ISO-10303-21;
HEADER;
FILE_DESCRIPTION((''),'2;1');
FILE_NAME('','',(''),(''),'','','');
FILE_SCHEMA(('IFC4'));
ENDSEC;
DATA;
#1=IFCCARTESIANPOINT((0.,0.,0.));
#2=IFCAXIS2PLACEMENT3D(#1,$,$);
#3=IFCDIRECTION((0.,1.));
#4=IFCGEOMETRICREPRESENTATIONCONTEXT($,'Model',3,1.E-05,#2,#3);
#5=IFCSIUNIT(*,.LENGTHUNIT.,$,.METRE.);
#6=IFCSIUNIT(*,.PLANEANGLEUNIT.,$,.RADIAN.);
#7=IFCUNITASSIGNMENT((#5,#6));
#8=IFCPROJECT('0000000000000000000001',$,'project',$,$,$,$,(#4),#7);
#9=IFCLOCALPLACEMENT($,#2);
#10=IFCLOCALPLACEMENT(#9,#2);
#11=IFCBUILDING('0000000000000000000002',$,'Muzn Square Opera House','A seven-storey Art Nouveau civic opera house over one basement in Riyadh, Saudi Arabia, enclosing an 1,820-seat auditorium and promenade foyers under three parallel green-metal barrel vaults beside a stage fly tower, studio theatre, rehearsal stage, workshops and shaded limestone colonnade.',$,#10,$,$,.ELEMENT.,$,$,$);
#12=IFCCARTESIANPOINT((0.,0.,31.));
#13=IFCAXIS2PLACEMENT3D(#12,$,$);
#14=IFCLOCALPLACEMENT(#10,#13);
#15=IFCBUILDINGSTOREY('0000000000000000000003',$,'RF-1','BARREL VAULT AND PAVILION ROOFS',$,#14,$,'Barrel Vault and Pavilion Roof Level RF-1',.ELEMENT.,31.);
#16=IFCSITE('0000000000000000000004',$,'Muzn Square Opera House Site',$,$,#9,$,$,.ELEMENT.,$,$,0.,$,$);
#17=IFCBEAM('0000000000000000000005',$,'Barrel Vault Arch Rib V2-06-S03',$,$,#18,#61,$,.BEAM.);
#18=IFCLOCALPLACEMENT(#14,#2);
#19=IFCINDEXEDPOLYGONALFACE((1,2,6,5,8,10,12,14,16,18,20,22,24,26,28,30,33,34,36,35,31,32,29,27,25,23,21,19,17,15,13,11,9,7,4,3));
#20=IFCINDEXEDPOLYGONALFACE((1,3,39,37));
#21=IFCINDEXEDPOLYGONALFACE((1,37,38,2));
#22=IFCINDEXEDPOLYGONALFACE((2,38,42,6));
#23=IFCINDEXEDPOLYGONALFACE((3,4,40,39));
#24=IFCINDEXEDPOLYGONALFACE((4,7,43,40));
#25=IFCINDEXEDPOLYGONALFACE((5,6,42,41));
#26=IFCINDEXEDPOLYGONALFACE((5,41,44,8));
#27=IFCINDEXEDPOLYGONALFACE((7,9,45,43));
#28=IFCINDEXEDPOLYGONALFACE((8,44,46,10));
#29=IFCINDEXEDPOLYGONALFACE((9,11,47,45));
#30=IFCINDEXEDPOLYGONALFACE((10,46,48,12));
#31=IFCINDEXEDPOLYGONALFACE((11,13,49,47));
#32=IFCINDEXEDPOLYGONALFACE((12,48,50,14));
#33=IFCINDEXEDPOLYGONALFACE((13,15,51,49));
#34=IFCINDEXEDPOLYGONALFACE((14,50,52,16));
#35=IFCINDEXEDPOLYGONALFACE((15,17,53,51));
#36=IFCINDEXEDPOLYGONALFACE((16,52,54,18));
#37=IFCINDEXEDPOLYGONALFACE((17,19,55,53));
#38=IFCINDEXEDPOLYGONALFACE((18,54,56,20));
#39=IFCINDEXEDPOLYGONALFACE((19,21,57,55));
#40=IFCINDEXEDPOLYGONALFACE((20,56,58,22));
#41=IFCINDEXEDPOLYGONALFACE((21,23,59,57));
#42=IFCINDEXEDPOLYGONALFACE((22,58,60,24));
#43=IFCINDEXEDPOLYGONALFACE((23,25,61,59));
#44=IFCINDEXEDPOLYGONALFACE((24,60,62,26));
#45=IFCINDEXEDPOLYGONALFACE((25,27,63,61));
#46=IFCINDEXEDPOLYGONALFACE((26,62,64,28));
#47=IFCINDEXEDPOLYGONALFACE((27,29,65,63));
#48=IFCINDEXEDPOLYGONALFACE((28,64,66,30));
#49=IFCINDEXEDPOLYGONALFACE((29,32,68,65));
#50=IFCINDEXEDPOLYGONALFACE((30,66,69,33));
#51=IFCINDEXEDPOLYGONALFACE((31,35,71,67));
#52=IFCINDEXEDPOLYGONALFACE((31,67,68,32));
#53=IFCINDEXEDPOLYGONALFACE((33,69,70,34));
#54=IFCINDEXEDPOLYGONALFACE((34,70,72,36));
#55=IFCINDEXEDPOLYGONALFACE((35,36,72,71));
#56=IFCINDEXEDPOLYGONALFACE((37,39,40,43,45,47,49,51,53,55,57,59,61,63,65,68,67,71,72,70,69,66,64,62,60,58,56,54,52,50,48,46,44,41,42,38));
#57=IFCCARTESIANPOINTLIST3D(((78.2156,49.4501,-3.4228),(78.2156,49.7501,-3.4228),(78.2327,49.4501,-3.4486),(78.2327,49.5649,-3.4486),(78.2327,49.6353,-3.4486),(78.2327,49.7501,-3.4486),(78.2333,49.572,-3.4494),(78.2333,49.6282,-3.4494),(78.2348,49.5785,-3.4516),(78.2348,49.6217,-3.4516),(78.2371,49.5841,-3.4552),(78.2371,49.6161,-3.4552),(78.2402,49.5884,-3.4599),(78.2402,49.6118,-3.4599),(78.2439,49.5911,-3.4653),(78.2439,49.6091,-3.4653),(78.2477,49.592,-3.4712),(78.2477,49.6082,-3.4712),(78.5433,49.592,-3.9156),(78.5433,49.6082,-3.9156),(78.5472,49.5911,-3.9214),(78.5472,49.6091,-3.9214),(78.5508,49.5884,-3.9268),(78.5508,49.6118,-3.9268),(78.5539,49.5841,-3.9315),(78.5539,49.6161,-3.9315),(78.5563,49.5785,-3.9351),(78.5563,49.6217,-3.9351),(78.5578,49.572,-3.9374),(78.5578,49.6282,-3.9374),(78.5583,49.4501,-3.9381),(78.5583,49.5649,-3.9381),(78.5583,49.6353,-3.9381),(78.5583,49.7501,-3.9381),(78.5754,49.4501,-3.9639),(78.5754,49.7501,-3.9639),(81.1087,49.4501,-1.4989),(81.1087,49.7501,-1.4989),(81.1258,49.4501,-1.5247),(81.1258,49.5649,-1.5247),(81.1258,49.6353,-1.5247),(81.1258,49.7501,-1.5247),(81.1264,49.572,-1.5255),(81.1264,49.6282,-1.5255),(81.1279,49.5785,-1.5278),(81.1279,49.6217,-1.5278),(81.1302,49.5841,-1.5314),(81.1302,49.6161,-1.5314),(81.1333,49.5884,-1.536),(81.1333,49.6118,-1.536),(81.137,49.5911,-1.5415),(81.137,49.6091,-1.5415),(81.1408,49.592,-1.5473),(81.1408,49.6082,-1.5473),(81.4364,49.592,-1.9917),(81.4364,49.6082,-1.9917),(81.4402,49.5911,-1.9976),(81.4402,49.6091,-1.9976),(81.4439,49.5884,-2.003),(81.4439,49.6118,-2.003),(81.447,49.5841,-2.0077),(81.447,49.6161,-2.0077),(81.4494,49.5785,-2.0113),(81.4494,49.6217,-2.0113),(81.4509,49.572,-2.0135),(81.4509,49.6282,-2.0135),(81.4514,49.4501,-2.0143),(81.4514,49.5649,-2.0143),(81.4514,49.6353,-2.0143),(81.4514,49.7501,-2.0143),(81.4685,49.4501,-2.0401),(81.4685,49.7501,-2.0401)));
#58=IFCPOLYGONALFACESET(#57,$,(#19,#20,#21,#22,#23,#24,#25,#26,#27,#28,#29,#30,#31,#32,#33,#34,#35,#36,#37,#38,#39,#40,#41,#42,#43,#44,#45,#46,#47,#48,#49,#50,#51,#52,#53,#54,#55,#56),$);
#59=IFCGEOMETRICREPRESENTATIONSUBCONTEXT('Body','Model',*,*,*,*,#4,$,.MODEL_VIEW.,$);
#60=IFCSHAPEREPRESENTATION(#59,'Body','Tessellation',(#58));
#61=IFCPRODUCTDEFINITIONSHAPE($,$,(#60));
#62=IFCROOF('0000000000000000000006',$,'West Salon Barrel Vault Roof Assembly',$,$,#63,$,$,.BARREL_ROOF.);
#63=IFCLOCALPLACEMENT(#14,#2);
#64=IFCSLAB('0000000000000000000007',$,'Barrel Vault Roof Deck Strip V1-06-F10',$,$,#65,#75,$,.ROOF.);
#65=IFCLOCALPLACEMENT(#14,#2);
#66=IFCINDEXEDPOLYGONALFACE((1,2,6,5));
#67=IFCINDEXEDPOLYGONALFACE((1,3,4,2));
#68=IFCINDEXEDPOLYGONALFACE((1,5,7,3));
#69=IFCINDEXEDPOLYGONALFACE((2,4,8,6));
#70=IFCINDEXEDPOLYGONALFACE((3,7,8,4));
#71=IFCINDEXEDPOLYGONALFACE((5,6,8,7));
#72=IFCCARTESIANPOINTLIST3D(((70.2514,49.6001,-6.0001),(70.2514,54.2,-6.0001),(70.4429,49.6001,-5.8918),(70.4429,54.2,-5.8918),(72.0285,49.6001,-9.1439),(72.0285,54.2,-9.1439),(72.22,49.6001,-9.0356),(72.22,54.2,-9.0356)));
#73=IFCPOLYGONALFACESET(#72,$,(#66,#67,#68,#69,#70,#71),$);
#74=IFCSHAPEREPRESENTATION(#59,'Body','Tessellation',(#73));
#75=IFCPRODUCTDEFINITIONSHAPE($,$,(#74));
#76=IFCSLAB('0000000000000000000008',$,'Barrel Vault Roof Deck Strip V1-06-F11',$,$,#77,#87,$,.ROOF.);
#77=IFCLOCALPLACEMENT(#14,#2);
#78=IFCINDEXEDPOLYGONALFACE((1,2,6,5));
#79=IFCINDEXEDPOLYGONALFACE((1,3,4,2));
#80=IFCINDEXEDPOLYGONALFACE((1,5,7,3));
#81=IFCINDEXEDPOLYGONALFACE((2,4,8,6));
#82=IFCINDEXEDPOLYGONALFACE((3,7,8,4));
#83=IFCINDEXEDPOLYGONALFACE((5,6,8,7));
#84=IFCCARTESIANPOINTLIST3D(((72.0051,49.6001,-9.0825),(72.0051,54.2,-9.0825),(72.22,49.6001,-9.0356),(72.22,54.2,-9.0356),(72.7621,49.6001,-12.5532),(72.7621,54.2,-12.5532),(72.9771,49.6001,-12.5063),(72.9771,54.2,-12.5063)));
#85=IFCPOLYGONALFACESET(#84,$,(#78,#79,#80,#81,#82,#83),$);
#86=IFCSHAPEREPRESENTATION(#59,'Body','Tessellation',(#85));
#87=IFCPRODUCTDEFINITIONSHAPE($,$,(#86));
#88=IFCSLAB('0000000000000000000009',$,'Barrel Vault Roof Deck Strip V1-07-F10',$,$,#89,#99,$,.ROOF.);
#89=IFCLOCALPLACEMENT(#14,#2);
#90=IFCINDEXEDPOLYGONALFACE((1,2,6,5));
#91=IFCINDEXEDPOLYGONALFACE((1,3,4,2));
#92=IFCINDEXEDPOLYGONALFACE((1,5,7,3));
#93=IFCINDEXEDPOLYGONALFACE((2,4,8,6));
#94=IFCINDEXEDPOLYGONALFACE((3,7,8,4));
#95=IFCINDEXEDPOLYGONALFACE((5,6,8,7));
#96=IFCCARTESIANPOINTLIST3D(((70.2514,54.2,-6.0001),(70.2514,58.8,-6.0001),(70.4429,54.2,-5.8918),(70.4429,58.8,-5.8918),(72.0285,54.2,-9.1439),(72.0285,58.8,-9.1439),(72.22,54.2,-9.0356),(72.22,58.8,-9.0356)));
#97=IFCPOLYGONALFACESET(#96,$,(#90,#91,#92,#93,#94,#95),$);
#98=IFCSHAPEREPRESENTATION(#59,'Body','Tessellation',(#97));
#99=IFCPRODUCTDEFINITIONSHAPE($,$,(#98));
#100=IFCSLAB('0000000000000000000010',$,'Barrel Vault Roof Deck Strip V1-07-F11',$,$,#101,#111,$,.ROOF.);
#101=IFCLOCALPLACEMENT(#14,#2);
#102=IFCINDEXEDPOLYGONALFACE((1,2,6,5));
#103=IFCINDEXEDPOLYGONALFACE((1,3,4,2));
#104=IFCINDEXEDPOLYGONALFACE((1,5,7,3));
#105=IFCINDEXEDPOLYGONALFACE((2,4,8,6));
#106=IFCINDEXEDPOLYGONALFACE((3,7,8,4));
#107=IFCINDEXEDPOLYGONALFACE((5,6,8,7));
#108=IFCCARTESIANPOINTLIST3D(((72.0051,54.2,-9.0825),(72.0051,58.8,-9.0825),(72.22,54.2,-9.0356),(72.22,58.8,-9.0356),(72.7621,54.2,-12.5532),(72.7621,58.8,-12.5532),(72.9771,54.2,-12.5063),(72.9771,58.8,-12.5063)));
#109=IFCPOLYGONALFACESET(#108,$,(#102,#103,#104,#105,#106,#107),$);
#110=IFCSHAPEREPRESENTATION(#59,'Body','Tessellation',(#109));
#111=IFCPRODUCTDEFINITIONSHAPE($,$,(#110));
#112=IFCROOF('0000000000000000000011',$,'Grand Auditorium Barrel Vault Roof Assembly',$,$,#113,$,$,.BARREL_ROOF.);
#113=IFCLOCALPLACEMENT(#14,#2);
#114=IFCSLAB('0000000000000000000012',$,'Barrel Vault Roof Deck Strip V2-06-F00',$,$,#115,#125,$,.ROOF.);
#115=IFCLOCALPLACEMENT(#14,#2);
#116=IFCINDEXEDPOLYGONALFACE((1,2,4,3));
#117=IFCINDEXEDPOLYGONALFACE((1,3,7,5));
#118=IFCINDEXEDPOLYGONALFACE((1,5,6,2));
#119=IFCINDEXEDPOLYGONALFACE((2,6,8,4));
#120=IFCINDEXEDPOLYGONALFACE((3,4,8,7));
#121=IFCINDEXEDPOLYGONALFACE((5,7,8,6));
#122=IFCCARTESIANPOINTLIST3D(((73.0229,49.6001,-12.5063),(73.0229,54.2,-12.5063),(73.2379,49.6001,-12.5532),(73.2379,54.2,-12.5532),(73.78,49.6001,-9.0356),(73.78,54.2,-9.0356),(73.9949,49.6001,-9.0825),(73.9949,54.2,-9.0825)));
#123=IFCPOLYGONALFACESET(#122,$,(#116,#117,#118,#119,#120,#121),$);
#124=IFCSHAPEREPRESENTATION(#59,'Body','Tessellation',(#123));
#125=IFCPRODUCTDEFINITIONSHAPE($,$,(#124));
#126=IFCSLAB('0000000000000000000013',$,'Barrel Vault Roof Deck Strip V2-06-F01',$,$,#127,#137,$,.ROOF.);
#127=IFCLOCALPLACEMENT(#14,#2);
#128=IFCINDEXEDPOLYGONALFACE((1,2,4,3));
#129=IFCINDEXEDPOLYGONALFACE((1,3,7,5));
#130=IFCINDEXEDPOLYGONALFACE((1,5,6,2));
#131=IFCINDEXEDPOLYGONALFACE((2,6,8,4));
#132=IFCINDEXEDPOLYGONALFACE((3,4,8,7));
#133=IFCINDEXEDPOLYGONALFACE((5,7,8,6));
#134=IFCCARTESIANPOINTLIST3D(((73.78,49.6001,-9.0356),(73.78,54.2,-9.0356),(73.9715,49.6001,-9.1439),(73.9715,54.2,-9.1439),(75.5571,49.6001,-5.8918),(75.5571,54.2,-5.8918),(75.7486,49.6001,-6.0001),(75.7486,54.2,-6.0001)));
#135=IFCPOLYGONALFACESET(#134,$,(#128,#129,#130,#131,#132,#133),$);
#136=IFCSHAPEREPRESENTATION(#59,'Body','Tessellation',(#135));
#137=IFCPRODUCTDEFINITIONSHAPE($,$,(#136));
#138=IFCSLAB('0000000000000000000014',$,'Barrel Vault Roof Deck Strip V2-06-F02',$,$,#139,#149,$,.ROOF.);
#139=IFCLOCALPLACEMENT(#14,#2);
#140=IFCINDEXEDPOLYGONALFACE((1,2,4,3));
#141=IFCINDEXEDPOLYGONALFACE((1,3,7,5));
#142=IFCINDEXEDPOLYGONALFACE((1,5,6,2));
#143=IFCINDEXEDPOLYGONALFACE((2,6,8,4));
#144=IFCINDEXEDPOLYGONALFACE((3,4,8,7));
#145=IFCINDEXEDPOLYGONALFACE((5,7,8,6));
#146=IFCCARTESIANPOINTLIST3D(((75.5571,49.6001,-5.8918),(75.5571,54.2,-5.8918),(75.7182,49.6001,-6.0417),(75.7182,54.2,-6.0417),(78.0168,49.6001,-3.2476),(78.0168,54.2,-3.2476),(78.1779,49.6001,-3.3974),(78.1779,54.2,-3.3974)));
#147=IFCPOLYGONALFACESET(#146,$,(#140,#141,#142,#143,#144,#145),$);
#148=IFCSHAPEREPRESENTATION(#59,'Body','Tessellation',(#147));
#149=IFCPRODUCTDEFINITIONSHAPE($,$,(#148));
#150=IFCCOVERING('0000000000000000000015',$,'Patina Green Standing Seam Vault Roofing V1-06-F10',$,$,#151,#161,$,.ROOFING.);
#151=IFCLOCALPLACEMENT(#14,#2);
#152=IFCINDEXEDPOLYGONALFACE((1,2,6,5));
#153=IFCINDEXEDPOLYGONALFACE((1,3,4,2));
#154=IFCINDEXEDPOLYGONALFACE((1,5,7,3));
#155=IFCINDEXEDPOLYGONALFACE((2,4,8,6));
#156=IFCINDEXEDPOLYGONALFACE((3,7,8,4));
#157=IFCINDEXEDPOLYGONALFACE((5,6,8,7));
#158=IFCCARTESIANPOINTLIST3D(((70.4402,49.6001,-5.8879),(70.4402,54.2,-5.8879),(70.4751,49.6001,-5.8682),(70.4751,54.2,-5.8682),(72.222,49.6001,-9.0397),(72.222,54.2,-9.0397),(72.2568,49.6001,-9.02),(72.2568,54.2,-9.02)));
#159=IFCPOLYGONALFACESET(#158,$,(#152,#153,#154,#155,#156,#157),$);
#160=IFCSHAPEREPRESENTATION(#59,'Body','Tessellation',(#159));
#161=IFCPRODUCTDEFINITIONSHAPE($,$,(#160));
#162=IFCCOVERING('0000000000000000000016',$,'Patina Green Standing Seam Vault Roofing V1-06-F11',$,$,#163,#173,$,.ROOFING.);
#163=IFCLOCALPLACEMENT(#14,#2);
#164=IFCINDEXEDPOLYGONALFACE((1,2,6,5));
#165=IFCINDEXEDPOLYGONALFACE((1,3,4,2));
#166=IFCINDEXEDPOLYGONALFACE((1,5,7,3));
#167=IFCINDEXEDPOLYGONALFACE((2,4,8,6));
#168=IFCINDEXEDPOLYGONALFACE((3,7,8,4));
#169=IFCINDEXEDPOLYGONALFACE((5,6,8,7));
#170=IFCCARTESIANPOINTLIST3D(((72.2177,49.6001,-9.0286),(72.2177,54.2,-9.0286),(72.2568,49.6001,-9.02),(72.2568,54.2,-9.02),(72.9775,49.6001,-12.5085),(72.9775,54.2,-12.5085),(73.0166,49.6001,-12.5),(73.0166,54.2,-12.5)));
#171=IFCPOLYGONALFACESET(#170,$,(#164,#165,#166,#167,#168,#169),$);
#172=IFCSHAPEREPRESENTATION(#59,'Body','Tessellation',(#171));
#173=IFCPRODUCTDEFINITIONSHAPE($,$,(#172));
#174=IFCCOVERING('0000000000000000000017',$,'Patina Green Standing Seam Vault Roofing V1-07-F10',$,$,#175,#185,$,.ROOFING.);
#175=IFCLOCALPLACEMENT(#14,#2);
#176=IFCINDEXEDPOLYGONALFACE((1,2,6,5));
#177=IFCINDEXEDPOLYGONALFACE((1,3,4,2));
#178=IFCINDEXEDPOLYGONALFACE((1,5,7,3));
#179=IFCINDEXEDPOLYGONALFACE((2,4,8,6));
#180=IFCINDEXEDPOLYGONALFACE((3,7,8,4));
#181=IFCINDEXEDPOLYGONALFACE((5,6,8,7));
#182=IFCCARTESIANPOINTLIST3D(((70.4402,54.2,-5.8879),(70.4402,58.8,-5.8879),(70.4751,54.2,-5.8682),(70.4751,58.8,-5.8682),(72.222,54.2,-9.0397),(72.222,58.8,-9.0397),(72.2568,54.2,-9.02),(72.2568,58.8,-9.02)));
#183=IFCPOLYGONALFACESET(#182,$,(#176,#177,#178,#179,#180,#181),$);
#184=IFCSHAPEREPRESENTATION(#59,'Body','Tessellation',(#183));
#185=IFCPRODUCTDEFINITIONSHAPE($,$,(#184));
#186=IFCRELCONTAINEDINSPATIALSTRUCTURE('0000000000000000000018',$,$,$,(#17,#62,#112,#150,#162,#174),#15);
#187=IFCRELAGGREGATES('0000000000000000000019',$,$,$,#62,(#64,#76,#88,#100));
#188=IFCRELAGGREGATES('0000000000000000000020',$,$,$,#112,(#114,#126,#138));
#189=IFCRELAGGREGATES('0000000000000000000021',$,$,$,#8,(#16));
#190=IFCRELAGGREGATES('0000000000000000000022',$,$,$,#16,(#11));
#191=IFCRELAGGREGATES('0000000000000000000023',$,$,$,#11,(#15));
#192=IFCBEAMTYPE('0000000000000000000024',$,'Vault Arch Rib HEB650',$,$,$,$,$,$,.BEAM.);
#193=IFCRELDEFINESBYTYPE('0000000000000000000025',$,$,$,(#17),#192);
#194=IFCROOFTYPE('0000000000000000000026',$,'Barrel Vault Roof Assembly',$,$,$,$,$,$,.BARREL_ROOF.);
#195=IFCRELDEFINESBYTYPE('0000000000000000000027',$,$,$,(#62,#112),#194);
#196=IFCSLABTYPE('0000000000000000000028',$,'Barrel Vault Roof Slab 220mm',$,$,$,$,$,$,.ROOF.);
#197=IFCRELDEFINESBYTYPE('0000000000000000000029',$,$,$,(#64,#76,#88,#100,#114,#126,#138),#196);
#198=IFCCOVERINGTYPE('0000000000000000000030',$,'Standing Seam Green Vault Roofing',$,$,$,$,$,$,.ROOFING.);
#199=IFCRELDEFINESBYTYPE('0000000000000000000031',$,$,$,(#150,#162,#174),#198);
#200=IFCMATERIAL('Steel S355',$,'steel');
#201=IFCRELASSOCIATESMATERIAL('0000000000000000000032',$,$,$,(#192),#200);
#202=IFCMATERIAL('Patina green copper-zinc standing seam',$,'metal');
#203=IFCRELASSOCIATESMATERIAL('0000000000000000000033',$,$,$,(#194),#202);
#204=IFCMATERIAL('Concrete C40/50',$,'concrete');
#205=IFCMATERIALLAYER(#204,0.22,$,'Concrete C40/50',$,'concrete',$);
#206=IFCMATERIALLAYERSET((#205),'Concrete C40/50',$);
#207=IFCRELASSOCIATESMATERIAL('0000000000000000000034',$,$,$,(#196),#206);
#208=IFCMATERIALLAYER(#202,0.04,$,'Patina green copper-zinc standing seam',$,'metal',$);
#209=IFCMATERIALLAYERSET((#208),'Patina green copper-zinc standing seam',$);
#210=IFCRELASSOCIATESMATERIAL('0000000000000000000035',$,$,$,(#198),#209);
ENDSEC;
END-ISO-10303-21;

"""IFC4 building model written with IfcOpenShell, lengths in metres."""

from ifc_helpers import new_model, si_unit, direction, frame, origin, origin_2d, place, context, subcontext, project, spatial, polyline, i_section, outline, extrude, material, layer, layer_set, material_profile, profile_set, type_object, element, aggregate, save


model = new_model("IFC4")

# Units and contexts
model_context = context("Model", 3, precision=1e-05, world=origin(), true_north=direction((0.0, 1.0)))
body_context = subcontext(model_context, "Body", "Model", "MODEL_VIEW")
ifc_project = project(units=[si_unit("LENGTHUNIT", "METRE"), si_unit("PLANEANGLEUNIT", "RADIAN")], contexts=[model_context])

# Site, building, storey
site_placement = place(None, origin())
site = spatial("IfcSite", under=ifc_project, at=site_placement, Name="Muzn Square Opera House Site", CompositionType="ELEMENT", RefElevation=0.0)
building_placement = place(site_placement, origin())
building = spatial("IfcBuilding", under=site, at=building_placement, Name="Muzn Square Opera House", Description="A seven-storey Art Nouveau civic opera house over one basement in Riyadh, Saudi Arabia, enclosing an 1,820-seat auditorium and promenade foyers under three parallel green-metal barrel vaults beside a stage fly tower, studio theatre, rehearsal stage, workshops and shaded limestone colonnade.", CompositionType="ELEMENT")
storey_placement = place(building_placement, frame((0.0, 0.0, 31.0)))
storey = spatial("IfcBuildingStorey", under=building, at=storey_placement, Name="RF-1", Description="BARREL VAULT AND PAVILION ROOFS", LongName="Barrel Vault and Pavilion Roof Level RF-1", CompositionType="ELEMENT", Elevation=31.0)

# Beam
ifc_material_1 = material(Name="Steel S355", Category="steel")
ifc_material_profile_1 = material_profile(ifc_material_1, i_section(OverallWidth=0.3, OverallDepth=0.6499, WebThickness=0.0161, FlangeThickness=0.031, FilletRadius=0.0271, at=origin_2d()), Name="HEB 650", Category="steel")
ifc_profile_set_1 = profile_set([ifc_material_profile_1], Name="Steel S355")
beam_type_1 = type_object("IfcBeamType", Name="Vault Arch Rib HEB650", PredefinedType="BEAM", material=ifc_profile_set_1)
for number, where, z_axis, x_axis, name in (
    (1, (78.3955, 49.6001, -3.6934), (0.832698, 0.0, 0.553727), (0.0, 1.0, 0.0), "Barrel Vault Arch Rib V2-06-S03"),
):
    element("IfcBeam", number, at=place(storey_placement, frame(where, z_axis=z_axis, x_axis=x_axis)), inside=storey, type_object=beam_type_1, Name=name, PredefinedType="BEAM", context=body_context, shape_type="SweptSolid", body=[
        extrude(i_section(OverallWidth=0.3, OverallDepth=0.6499, WebThickness=0.0161, FlangeThickness=0.031, FilletRadius=0.0271, at=origin_2d()), origin(), (0.0, 0.0, 1.0), 3.4744),
    ])

# Roofs, slabs
ifc_material_2 = material(Name="Patina green copper-zinc standing seam", Category="metal")
roof_type = type_object("IfcRoofType", Name="Barrel Vault Roof Assembly", PredefinedType="BARREL_ROOF", material=ifc_material_2)
roof_1_placement = place(storey_placement, origin())
roof_1 = element("IfcRoof", 2, at=roof_1_placement, inside=storey, type_object=roof_type, Name="West Salon Barrel Vault Roof Assembly", PredefinedType="BARREL_ROOF")
ifc_material_3 = material(Name="Concrete C40/50", Category="concrete")
ifc_layer_1 = layer(ifc_material_3, 0.22, Name="Concrete C40/50", Category="concrete")
ifc_layer_set_1 = layer_set([ifc_layer_1], Name="Concrete C40/50")
slab_type = type_object("IfcSlabType", Name="Barrel Vault Roof Slab 220mm", PredefinedType="ROOF", material=ifc_layer_set_1)
slab_1_placement = place(storey_placement, frame((70.4429, 49.6001, -5.8918), z_axis=(0.870543, 0.0, 0.492093), x_axis=(0.492093, 0.0, -0.870543)))
slab_1 = element("IfcSlab", 3, at=slab_1_placement, type_object=slab_type, Name="Barrel Vault Roof Deck Strip V1-06-F10", PredefinedType="ROOF", context=body_context, shape_type="SweptSolid", body=[
    extrude(outline(polyline([(0.0, 0.0), (3.6113, 0.0), (3.6113, 4.5999), (0.0, 4.5999), (0.0, 0.0)])), origin(), (0.0, 0.0, -1.0), 0.22),
])
slab_2_placement = place(storey_placement, frame((72.22, 49.6001, -9.0356), z_axis=(0.977025, 0.0, 0.213123), x_axis=(0.213123, 0.0, -0.977025)))
slab_2 = element("IfcSlab", 4, at=slab_2_placement, type_object=slab_type, Name="Barrel Vault Roof Deck Strip V1-06-F11", PredefinedType="ROOF", context=body_context, shape_type="SweptSolid", body=[
    extrude(outline(polyline([(0.0, 0.0), (3.5523, 0.0), (3.5523, 4.5999), (0.0, 4.5999), (0.0, 0.0)])), origin(), (0.0, 0.0, -1.0), 0.22),
])
slab_3_placement = place(storey_placement, frame((70.4429, 54.2, -5.8918), z_axis=(0.870543, 0.0, 0.492093), x_axis=(0.492093, 0.0, -0.870543)))
slab_3 = element("IfcSlab", 5, at=slab_3_placement, type_object=slab_type, Name="Barrel Vault Roof Deck Strip V1-07-F10", PredefinedType="ROOF", context=body_context, shape_type="SweptSolid", body=[
    extrude(outline(polyline([(0.0, 0.0), (3.6113, 0.0), (3.6113, 4.6001), (0.0, 4.6001), (0.0, 0.0)])), origin(), (0.0, 0.0, -1.0), 0.22),
])
slab_4_placement = place(storey_placement, frame((72.22, 54.2, -9.0356), z_axis=(0.977025, 0.0, 0.213123), x_axis=(0.213123, 0.0, -0.977025)))
slab_4 = element("IfcSlab", 6, at=slab_4_placement, type_object=slab_type, Name="Barrel Vault Roof Deck Strip V1-07-F11", PredefinedType="ROOF", context=body_context, shape_type="SweptSolid", body=[
    extrude(outline(polyline([(0.0, 0.0), (3.5523, 0.0), (3.5523, 4.6001), (0.0, 4.6001), (0.0, 0.0)])), origin(), (0.0, 0.0, -1.0), 0.22),
])
aggregate(roof_1, [slab_1, slab_2, slab_3, slab_4])
roof_2_placement = place(storey_placement, origin())
roof_2 = element("IfcRoof", 7, at=roof_2_placement, inside=storey, type_object=roof_type, Name="Grand Auditorium Barrel Vault Roof Assembly", PredefinedType="BARREL_ROOF")
slab_5_placement = place(storey_placement, frame((73.78, 49.6001, -9.0356), z_axis=(-0.977025, 0.0, 0.213123), x_axis=(0.0, 1.0, 0.0)))
slab_5 = element("IfcSlab", 8, at=slab_5_placement, type_object=slab_type, Name="Barrel Vault Roof Deck Strip V2-06-F00", PredefinedType="ROOF", context=body_context, shape_type="SweptSolid", body=[
    extrude(outline(polyline([(0.0, 3.5523), (0.0, 0.0), (4.5999, 0.0), (4.5999, 3.5523), (0.0, 3.5523)])), origin(), (0.0, 0.0, -1.0), 0.22),
])
slab_6_placement = place(storey_placement, frame((75.5571, 49.6001, -5.8918), z_axis=(-0.870543, 0.0, 0.492093), x_axis=(0.0, 1.0, 0.0)))
slab_6 = element("IfcSlab", 9, at=slab_6_placement, type_object=slab_type, Name="Barrel Vault Roof Deck Strip V2-06-F01", PredefinedType="ROOF", context=body_context, shape_type="SweptSolid", body=[
    extrude(outline(polyline([(0.0, 3.6113), (0.0, 0.0), (4.5999, 0.0), (4.5999, 3.6113), (0.0, 3.6113)])), origin(), (0.0, 0.0, -1.0), 0.22),
])
slab_7_placement = place(storey_placement, frame((78.0168, 49.6001, -3.2476), z_axis=(-0.732198, 0.0, 0.681091), x_axis=(0.0, 1.0, 0.0)))
slab_7 = element("IfcSlab", 10, at=slab_7_placement, type_object=slab_type, Name="Barrel Vault Roof Deck Strip V2-06-F02", PredefinedType="ROOF", context=body_context, shape_type="SweptSolid", body=[
    extrude(outline(polyline([(0.0, 3.6114), (0.0, 0.0), (4.5999, 0.0), (4.5999, 3.6114), (0.0, 3.6114)])), origin(), (0.0, 0.0, -1.0), 0.22),
])
aggregate(roof_2, [slab_5, slab_6, slab_7])

# Coverings
ifc_layer_2 = layer(ifc_material_2, 0.04, Name="Patina green copper-zinc standing seam", Category="metal")
ifc_layer_set_2 = layer_set([ifc_layer_2], Name="Patina green copper-zinc standing seam")
covering_type = type_object("IfcCoveringType", Name="Standing Seam Green Vault Roofing", PredefinedType="ROOFING", material=ifc_layer_set_2)
covering_1_placement = place(storey_placement, frame((70.4751, 49.6001, -5.8682), z_axis=(0.870533, 0.0, 0.492111), x_axis=(0.492111, 0.0, -0.870533)))
element("IfcCovering", 11, at=covering_1_placement, inside=storey, type_object=covering_type, Name="Patina Green Standing Seam Vault Roofing V1-06-F10", PredefinedType="ROOFING", context=body_context, shape_type="SweptSolid", body=[
    extrude(outline(polyline([(0.0, 0.0), (3.6206, 0.0), (3.6206, 4.5999), (0.0, 4.5999), (0.0, 0.0)])), origin(), (0.0, 0.0, -1.0), 0.04),
])
covering_2_placement = place(storey_placement, frame((72.2568, 49.6001, -9.02), z_axis=(0.976987, 0.0, 0.2133), x_axis=(0.2133, 0.0, -0.976987)))
element("IfcCovering", 12, at=covering_2_placement, inside=storey, type_object=covering_type, Name="Patina Green Standing Seam Vault Roofing V1-06-F11", PredefinedType="ROOFING", context=body_context, shape_type="SweptSolid", body=[
    extrude(outline(polyline([(0.0, 0.0), (3.562, 0.0), (3.562, 4.5999), (0.0, 4.5999), (0.0, 0.0)])), origin(), (0.0, 0.0, -1.0), 0.04),
])
covering_3_placement = place(storey_placement, frame((70.4751, 54.2, -5.8682), z_axis=(0.870533, 0.0, 0.492111), x_axis=(0.492111, 0.0, -0.870533)))
element("IfcCovering", 13, at=covering_3_placement, inside=storey, type_object=covering_type, Name="Patina Green Standing Seam Vault Roofing V1-07-F10", PredefinedType="ROOFING", context=body_context, shape_type="SweptSolid", body=[
    extrude(outline(polyline([(0.0, 0.0), (3.6206, 0.0), (3.6206, 4.6001), (0.0, 4.6001), (0.0, 0.0)])), origin(), (0.0, 0.0, -1.0), 0.04),
])

save(model, "model.ifc")
